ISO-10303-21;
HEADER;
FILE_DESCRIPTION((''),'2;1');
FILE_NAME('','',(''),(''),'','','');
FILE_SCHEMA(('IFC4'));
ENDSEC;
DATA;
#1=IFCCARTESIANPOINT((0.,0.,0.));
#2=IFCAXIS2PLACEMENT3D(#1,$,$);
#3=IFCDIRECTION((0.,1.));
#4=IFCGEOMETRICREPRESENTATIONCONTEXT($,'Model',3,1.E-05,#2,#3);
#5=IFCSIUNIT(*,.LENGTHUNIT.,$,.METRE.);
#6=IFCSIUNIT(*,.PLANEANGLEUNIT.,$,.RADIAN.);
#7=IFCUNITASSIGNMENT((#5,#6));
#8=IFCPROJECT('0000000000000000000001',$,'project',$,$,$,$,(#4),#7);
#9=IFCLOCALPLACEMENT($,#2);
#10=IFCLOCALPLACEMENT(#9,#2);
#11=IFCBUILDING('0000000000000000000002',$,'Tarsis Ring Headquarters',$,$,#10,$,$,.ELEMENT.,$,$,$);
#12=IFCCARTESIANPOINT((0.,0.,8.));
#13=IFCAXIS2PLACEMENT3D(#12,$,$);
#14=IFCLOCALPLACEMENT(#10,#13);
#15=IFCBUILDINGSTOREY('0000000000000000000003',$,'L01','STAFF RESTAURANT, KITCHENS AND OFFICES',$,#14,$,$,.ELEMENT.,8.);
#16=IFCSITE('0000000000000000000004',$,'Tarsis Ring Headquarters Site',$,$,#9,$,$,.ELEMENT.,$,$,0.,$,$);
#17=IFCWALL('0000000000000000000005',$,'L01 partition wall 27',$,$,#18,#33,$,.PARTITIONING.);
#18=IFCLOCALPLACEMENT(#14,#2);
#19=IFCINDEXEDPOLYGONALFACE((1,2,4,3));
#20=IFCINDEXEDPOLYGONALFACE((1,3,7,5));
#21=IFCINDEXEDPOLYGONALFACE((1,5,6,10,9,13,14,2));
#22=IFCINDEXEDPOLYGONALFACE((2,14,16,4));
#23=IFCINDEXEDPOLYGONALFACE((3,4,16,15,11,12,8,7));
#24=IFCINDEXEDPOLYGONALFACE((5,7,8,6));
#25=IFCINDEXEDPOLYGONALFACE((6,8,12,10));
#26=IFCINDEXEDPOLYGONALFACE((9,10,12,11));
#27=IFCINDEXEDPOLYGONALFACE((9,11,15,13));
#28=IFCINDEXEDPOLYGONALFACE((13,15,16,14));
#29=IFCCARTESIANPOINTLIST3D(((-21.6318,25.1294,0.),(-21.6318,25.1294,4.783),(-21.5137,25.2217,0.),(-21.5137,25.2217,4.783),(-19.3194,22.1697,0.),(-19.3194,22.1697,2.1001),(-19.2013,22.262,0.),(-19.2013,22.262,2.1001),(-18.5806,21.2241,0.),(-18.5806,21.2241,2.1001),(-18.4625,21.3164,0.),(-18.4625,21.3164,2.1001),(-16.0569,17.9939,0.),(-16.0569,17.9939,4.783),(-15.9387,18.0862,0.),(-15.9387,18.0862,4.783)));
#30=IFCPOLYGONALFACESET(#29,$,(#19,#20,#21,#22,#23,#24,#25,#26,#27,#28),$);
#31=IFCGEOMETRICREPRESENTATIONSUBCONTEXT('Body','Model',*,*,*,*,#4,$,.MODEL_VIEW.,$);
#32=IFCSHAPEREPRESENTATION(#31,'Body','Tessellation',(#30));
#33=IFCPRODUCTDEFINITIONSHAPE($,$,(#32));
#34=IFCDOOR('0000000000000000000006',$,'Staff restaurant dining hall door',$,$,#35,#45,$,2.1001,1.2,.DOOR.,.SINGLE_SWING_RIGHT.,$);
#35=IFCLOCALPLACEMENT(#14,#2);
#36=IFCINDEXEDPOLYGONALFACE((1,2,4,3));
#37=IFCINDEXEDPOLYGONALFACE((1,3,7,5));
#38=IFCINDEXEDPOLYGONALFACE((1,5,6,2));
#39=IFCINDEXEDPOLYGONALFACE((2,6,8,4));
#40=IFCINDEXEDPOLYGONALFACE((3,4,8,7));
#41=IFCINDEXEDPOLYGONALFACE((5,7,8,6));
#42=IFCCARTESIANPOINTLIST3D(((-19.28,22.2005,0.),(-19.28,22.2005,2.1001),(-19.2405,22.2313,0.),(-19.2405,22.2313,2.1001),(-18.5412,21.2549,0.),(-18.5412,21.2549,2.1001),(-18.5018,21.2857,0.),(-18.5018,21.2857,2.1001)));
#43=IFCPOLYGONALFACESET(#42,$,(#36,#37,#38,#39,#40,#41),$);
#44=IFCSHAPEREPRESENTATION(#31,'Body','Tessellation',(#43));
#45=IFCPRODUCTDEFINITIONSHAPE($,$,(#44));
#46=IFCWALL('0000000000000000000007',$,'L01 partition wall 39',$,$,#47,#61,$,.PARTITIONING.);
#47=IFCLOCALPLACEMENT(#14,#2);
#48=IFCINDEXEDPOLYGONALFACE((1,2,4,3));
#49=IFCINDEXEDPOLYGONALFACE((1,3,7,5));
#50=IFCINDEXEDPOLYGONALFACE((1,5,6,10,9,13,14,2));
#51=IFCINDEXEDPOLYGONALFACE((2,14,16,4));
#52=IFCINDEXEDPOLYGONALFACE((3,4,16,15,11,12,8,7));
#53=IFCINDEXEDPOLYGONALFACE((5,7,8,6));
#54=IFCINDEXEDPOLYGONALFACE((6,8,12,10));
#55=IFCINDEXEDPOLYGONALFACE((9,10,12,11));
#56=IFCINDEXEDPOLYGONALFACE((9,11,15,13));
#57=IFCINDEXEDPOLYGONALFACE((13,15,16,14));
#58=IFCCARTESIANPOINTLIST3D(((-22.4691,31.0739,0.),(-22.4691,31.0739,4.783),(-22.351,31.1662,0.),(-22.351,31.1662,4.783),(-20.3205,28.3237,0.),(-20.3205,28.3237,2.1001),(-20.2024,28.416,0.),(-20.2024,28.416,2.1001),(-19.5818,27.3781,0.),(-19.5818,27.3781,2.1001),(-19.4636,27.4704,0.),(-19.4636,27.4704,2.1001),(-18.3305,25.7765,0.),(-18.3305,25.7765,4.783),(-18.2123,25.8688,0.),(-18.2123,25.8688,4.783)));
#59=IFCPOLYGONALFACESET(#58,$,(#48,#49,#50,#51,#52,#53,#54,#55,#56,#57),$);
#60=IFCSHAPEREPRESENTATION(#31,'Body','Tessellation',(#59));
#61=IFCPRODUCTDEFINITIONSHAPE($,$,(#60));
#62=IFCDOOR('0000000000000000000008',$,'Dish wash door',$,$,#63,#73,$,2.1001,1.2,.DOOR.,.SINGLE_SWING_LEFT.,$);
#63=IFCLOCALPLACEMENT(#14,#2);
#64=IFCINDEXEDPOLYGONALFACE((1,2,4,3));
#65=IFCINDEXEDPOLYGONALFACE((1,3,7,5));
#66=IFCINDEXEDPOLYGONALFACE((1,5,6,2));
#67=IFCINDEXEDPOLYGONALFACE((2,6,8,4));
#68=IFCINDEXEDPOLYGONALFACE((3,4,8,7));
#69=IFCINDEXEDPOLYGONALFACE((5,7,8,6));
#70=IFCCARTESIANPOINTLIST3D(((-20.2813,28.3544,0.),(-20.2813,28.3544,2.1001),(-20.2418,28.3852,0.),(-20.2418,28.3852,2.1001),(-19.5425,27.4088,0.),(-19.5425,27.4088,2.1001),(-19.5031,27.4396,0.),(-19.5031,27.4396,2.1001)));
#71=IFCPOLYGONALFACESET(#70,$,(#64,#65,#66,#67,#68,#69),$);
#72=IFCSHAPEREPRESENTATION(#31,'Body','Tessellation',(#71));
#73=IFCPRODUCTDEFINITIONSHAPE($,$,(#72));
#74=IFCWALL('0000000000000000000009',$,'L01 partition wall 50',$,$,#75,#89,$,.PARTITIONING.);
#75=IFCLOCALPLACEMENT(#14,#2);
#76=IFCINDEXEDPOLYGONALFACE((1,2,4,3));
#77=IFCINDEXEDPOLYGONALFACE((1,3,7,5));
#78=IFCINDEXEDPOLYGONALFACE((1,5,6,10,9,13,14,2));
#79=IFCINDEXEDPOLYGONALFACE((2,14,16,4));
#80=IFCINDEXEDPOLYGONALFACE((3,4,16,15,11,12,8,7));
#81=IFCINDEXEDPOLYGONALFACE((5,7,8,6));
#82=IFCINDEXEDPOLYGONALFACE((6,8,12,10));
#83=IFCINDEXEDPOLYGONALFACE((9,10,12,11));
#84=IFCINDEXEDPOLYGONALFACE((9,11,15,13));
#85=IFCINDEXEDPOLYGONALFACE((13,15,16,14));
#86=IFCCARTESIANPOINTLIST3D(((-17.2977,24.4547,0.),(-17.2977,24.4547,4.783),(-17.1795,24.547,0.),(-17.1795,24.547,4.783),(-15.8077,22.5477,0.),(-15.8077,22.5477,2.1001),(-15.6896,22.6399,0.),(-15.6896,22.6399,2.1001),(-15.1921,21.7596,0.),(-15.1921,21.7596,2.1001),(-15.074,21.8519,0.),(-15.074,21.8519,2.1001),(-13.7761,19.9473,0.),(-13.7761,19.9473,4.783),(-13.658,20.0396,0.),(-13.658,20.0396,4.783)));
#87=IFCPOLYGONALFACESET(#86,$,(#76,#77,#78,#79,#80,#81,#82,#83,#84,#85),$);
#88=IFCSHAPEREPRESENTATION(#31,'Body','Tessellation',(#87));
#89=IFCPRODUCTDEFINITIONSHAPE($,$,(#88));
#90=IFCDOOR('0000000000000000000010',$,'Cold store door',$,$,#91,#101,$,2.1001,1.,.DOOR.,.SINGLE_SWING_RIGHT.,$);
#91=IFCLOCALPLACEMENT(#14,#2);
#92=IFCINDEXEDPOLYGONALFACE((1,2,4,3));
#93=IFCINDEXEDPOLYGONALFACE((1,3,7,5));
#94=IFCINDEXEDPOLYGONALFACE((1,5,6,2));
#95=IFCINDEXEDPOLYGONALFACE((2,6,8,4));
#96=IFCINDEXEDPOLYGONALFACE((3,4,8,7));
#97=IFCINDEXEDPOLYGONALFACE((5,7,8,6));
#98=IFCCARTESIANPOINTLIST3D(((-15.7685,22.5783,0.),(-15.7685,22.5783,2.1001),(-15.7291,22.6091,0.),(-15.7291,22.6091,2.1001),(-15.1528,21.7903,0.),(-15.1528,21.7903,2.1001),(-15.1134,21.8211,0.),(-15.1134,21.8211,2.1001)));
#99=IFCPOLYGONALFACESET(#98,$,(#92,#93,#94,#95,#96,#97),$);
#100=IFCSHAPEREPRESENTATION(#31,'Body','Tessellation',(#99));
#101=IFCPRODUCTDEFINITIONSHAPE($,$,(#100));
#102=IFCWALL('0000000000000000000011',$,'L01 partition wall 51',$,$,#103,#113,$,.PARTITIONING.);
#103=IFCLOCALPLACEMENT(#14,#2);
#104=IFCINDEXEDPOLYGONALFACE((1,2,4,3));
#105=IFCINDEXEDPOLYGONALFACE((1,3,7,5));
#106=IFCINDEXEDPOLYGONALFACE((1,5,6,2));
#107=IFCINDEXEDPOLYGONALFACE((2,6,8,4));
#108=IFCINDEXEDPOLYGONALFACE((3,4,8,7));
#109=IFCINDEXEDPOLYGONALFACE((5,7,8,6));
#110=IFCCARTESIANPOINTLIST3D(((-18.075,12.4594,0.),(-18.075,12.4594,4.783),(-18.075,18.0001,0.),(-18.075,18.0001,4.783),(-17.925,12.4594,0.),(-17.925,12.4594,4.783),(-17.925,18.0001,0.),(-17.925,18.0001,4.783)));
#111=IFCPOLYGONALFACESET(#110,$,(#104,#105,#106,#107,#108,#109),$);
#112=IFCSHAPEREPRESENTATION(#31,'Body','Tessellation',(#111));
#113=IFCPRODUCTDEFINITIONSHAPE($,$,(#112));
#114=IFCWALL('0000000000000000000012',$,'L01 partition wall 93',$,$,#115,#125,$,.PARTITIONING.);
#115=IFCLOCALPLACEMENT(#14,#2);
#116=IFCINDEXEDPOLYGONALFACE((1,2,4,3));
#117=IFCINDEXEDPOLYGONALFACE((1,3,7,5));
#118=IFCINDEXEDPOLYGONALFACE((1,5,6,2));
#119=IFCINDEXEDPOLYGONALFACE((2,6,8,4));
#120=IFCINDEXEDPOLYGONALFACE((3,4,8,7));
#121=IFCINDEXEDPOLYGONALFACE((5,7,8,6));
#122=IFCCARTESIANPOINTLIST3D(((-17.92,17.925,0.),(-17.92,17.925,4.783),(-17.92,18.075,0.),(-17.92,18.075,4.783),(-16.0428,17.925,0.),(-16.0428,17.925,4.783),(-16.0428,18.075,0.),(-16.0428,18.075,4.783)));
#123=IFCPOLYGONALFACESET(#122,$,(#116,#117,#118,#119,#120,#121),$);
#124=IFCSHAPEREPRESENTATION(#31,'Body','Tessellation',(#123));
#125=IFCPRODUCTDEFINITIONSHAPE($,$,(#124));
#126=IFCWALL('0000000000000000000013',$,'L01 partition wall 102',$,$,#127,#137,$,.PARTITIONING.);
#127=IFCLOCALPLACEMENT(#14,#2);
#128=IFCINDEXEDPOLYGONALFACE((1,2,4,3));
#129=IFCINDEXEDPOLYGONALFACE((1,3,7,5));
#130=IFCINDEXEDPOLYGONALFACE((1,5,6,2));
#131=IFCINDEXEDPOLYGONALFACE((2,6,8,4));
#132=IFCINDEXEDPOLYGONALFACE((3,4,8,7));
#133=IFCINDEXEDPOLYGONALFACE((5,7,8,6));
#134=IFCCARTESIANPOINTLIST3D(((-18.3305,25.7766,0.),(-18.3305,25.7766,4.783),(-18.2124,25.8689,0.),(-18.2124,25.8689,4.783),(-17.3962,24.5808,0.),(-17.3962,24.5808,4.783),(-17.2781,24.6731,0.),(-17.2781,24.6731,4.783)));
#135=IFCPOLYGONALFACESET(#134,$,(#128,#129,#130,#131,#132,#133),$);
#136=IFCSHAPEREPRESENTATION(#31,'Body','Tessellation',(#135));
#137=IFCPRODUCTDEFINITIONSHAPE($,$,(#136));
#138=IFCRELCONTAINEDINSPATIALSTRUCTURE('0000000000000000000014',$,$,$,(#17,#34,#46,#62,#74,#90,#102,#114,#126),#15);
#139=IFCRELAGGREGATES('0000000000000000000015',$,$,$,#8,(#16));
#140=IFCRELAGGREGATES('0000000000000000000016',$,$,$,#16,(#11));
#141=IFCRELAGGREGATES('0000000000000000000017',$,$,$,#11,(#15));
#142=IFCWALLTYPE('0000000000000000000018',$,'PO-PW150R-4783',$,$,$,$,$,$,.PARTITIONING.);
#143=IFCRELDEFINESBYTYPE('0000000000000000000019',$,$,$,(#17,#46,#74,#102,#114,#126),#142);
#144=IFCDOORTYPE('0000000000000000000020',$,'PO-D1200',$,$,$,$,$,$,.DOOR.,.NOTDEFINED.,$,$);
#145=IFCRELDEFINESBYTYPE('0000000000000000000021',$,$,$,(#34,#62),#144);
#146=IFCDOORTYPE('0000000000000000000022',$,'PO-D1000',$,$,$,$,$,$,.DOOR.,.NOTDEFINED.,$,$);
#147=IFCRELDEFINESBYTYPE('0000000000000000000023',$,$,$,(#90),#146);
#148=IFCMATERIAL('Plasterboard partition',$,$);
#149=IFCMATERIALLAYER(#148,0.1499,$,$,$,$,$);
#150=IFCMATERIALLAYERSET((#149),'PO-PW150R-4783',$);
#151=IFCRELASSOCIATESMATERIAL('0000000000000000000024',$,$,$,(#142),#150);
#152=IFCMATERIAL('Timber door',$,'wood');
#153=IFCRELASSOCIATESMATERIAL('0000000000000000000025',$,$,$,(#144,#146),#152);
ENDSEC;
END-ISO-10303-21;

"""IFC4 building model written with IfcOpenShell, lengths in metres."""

from ifc_helpers import new_model, si_unit, direction, frame, frame_2d, origin, place, context, subcontext, project, spatial, rectangle, extrude, material, layer, layer_set, type_object, element, fill, save


model = new_model("IFC4")

# Units and contexts
model_context = context("Model", 3, precision=1e-05, world=origin(), true_north=direction((0.0, 1.0)))
body_context = subcontext(model_context, "Body", "Model", "MODEL_VIEW")
ifc_project = project(units=[si_unit("LENGTHUNIT", "METRE"), si_unit("PLANEANGLEUNIT", "RADIAN")], contexts=[model_context])

# Site, building, storey
site_placement = place(None, origin())
site = spatial("IfcSite", under=ifc_project, at=site_placement, Name="Tarsis Ring Headquarters Site", CompositionType="ELEMENT", RefElevation=0.0)
building_placement = place(site_placement, origin())
building = spatial("IfcBuilding", under=site, at=building_placement, Name="Tarsis Ring Headquarters", CompositionType="ELEMENT")
storey_placement = place(building_placement, frame((0.0, 0.0, 8.0)))
storey = spatial("IfcBuildingStorey", under=building, at=storey_placement, Name="L01", Description="STAFF RESTAURANT, KITCHENS AND OFFICES", CompositionType="ELEMENT", Elevation=8.0)

# Shared definitions
ifc_material_1 = material(Name="Plasterboard partition")

# Walls, openings, doors
ifc_layer_1 = layer(ifc_material_1, 0.1499)
ifc_layer_set_1 = layer_set([ifc_layer_1], Name="PO-PW150R-4783")
wall_type_1 = type_object("IfcWallType", Name="PO-PW150R-4783", PredefinedType="PARTITIONING", material=ifc_layer_set_1)
ifc_material_2 = material(Name="Timber door", Category="wood")
door_type_1 = type_object("IfcDoorType", Name="PO-D1200", OperationType="NOTDEFINED", PredefinedType="DOOR", material=ifc_material_2)
wall_1_placement = place(storey_placement, frame((-15.9978, 18.04, 0.0), z_axis=(0.0, 0.0, 1.0), x_axis=(-0.615668, 0.788006, 0.0)))
wall_1 = element("IfcWall", 1, at=wall_1_placement, inside=storey, type_object=wall_type_1, Name="L01 partition wall 27", PredefinedType="PARTITIONING", context=body_context, shape_type="SweptSolid", body=[
    extrude(rectangle(XDim=9.0552, YDim=0.1499, at=frame_2d((4.5276, 0.0))), origin(), (0.0, 0.0, 1.0), 4.783),
])
opening_1_placement = place(wall_1_placement, frame((4.0991, 0.0, 0.0)))
opening_1 = element("IfcOpeningElement", 2, at=opening_1_placement, cuts=wall_1, PredefinedType="OPENING", context=body_context, shape_type="SweptSolid", body=[
    extrude(rectangle(XDim=1.2, YDim=2.1001, at=frame_2d((0.6001, 1.05))), frame((0.0, 0.085, 0.0), z_axis=(0.0, -1.0, 0.0), x_axis=(1.0, 0.0, 0.0)), (0.0, 0.0, 1.0), 0.1699),
])
door_1_placement = place(opening_1_placement, origin())
door_1 = element("IfcDoor", 3, at=door_1_placement, inside=storey, type_object=door_type_1, Name="Staff restaurant dining hall door", OperationType="SINGLE_SWING_RIGHT", OverallHeight=2.1001, OverallWidth=1.2, PredefinedType="DOOR", context=body_context, shape_type="SweptSolid", body=[
    extrude(rectangle(XDim=1.2, YDim=2.1001, at=frame_2d((0.6001, 1.05))), frame((0.0, 0.0249, 0.0), z_axis=(0.0, -1.0, 0.0), x_axis=(1.0, 0.0, 0.0)), (0.0, 0.0, 1.0), 0.05),
])
fill(opening_1, door_1)
wall_2_placement = place(storey_placement, frame((-22.4102, 31.1201, 0.0), z_axis=(0.0, 0.0, 1.0), x_axis=(0.615654, -0.788017, 0.0)))
wall_2 = element("IfcWall", 4, at=wall_2_placement, inside=storey, type_object=wall_type_1, Name="L01 partition wall 39", PredefinedType="PARTITIONING", context=body_context, shape_type="SweptSolid", body=[
    extrude(rectangle(XDim=6.7224, YDim=0.1499, at=frame_2d((3.3613, 0.0))), origin(), (0.0, 0.0, 1.0), 4.783),
])
opening_2_placement = place(wall_2_placement, frame((3.49, 0.0, 0.0)))
opening_2 = element("IfcOpeningElement", 5, at=opening_2_placement, cuts=wall_2, PredefinedType="OPENING", context=body_context, shape_type="SweptSolid", body=[
    extrude(rectangle(XDim=1.2, YDim=2.1001, at=frame_2d((0.6001, 1.05))), frame((0.0, 0.085, 0.0), z_axis=(0.0, -1.0, 0.0), x_axis=(1.0, 0.0, 0.0)), (0.0, 0.0, 1.0), 0.1699),
])
door_2_placement = place(opening_2_placement, origin())
door_2 = element("IfcDoor", 6, at=door_2_placement, inside=storey, type_object=door_type_1, Name="Dish wash door", OperationType="SINGLE_SWING_LEFT", OverallHeight=2.1001, OverallWidth=1.2, PredefinedType="DOOR", context=body_context, shape_type="SweptSolid", body=[
    extrude(rectangle(XDim=1.2, YDim=2.1001, at=frame_2d((0.6001, 1.05))), frame((0.0, 0.0249, 0.0), z_axis=(0.0, -1.0, 0.0), x_axis=(1.0, 0.0, 0.0)), (0.0, 0.0, 1.0), 0.05),
])
fill(opening_2, door_2)
wall_3_placement = place(storey_placement, frame((-17.2385, 24.5007, 0.0), z_axis=(0.0, 0.0, 1.0), x_axis=(0.615659, -0.788013, 0.0)))
wall_3 = element("IfcWall", 7, at=wall_3_placement, inside=storey, type_object=wall_type_1, Name="L01 partition wall 50", PredefinedType="PARTITIONING", context=body_context, shape_type="SweptSolid", body=[
    extrude(rectangle(XDim=5.72, YDim=0.1499, at=frame_2d((2.8599, 0.0))), origin(), (0.0, 0.0, 1.0), 4.783),
])
opening_3_placement = place(wall_3_placement, frame((2.4199, 0.0, 0.0)))
opening_3 = element("IfcOpeningElement", 8, at=opening_3_placement, cuts=wall_3, PredefinedType="OPENING", context=body_context, shape_type="SweptSolid", body=[
    extrude(rectangle(XDim=1.0, YDim=2.1001, at=frame_2d((0.5, 1.05))), frame((0.0, 0.085, 0.0), z_axis=(0.0, -1.0, 0.0), x_axis=(1.0, 0.0, 0.0)), (0.0, 0.0, 1.0), 0.1699),
])
door_type_2 = type_object("IfcDoorType", Name="PO-D1000", OperationType="NOTDEFINED", PredefinedType="DOOR", material=ifc_material_2)
door_3_placement = place(opening_3_placement, origin())
door_3 = element("IfcDoor", 9, at=door_3_placement, inside=storey, type_object=door_type_2, Name="Cold store door", OperationType="SINGLE_SWING_RIGHT", OverallHeight=2.1001, OverallWidth=1.0, PredefinedType="DOOR", context=body_context, shape_type="SweptSolid", body=[
    extrude(rectangle(XDim=1.0, YDim=2.1001, at=frame_2d((0.5, 1.05))), frame((0.0, 0.0249, 0.0), z_axis=(0.0, -1.0, 0.0), x_axis=(1.0, 0.0, 0.0)), (0.0, 0.0, 1.0), 0.05),
])
fill(opening_3, door_3)

# Walls
wall_4_placement = place(storey_placement, frame((-18.0, 12.4592, 0.0), z_axis=(0.0, 0.0, 1.0), x_axis=(0.0, 1.0, 0.0)))
element("IfcWall", 10, at=wall_4_placement, inside=storey, type_object=wall_type_1, Name="L01 partition wall 51", PredefinedType="PARTITIONING", context=body_context, shape_type="SweptSolid", body=[
    extrude(rectangle(XDim=5.5408, YDim=0.1499, at=frame_2d((2.7705, 0.0))), origin(), (0.0, 0.0, 1.0), 4.783),
])
wall_5_placement = place(storey_placement, frame((-17.9199, 18.0, 0.0), z_axis=(0.0, 0.0, 1.0), x_axis=(1.0, 0.0, 0.0)))
element("IfcWall", 11, at=wall_5_placement, inside=storey, type_object=wall_type_1, Name="L01 partition wall 93", PredefinedType="PARTITIONING", context=body_context, shape_type="SweptSolid", body=[
    extrude(rectangle(XDim=1.8772, YDim=0.1499, at=frame_2d((0.9385, 0.0))), origin(), (0.0, 0.0, 1.0), 4.783),
])
wall_6_placement = place(storey_placement, frame((-18.2715, 25.8228, 0.0), z_axis=(0.0, 0.0, 1.0), x_axis=(0.615688, -0.78799, 0.0)))
element("IfcWall", 12, at=wall_6_placement, inside=storey, type_object=wall_type_1, Name="L01 partition wall 102", PredefinedType="PARTITIONING", context=body_context, shape_type="SweptSolid", body=[
    extrude(rectangle(XDim=1.5176, YDim=0.1499, at=frame_2d((0.7588, 0.0))), origin(), (0.0, 0.0, 1.0), 4.783),
])

save(model, "model.ifc")
